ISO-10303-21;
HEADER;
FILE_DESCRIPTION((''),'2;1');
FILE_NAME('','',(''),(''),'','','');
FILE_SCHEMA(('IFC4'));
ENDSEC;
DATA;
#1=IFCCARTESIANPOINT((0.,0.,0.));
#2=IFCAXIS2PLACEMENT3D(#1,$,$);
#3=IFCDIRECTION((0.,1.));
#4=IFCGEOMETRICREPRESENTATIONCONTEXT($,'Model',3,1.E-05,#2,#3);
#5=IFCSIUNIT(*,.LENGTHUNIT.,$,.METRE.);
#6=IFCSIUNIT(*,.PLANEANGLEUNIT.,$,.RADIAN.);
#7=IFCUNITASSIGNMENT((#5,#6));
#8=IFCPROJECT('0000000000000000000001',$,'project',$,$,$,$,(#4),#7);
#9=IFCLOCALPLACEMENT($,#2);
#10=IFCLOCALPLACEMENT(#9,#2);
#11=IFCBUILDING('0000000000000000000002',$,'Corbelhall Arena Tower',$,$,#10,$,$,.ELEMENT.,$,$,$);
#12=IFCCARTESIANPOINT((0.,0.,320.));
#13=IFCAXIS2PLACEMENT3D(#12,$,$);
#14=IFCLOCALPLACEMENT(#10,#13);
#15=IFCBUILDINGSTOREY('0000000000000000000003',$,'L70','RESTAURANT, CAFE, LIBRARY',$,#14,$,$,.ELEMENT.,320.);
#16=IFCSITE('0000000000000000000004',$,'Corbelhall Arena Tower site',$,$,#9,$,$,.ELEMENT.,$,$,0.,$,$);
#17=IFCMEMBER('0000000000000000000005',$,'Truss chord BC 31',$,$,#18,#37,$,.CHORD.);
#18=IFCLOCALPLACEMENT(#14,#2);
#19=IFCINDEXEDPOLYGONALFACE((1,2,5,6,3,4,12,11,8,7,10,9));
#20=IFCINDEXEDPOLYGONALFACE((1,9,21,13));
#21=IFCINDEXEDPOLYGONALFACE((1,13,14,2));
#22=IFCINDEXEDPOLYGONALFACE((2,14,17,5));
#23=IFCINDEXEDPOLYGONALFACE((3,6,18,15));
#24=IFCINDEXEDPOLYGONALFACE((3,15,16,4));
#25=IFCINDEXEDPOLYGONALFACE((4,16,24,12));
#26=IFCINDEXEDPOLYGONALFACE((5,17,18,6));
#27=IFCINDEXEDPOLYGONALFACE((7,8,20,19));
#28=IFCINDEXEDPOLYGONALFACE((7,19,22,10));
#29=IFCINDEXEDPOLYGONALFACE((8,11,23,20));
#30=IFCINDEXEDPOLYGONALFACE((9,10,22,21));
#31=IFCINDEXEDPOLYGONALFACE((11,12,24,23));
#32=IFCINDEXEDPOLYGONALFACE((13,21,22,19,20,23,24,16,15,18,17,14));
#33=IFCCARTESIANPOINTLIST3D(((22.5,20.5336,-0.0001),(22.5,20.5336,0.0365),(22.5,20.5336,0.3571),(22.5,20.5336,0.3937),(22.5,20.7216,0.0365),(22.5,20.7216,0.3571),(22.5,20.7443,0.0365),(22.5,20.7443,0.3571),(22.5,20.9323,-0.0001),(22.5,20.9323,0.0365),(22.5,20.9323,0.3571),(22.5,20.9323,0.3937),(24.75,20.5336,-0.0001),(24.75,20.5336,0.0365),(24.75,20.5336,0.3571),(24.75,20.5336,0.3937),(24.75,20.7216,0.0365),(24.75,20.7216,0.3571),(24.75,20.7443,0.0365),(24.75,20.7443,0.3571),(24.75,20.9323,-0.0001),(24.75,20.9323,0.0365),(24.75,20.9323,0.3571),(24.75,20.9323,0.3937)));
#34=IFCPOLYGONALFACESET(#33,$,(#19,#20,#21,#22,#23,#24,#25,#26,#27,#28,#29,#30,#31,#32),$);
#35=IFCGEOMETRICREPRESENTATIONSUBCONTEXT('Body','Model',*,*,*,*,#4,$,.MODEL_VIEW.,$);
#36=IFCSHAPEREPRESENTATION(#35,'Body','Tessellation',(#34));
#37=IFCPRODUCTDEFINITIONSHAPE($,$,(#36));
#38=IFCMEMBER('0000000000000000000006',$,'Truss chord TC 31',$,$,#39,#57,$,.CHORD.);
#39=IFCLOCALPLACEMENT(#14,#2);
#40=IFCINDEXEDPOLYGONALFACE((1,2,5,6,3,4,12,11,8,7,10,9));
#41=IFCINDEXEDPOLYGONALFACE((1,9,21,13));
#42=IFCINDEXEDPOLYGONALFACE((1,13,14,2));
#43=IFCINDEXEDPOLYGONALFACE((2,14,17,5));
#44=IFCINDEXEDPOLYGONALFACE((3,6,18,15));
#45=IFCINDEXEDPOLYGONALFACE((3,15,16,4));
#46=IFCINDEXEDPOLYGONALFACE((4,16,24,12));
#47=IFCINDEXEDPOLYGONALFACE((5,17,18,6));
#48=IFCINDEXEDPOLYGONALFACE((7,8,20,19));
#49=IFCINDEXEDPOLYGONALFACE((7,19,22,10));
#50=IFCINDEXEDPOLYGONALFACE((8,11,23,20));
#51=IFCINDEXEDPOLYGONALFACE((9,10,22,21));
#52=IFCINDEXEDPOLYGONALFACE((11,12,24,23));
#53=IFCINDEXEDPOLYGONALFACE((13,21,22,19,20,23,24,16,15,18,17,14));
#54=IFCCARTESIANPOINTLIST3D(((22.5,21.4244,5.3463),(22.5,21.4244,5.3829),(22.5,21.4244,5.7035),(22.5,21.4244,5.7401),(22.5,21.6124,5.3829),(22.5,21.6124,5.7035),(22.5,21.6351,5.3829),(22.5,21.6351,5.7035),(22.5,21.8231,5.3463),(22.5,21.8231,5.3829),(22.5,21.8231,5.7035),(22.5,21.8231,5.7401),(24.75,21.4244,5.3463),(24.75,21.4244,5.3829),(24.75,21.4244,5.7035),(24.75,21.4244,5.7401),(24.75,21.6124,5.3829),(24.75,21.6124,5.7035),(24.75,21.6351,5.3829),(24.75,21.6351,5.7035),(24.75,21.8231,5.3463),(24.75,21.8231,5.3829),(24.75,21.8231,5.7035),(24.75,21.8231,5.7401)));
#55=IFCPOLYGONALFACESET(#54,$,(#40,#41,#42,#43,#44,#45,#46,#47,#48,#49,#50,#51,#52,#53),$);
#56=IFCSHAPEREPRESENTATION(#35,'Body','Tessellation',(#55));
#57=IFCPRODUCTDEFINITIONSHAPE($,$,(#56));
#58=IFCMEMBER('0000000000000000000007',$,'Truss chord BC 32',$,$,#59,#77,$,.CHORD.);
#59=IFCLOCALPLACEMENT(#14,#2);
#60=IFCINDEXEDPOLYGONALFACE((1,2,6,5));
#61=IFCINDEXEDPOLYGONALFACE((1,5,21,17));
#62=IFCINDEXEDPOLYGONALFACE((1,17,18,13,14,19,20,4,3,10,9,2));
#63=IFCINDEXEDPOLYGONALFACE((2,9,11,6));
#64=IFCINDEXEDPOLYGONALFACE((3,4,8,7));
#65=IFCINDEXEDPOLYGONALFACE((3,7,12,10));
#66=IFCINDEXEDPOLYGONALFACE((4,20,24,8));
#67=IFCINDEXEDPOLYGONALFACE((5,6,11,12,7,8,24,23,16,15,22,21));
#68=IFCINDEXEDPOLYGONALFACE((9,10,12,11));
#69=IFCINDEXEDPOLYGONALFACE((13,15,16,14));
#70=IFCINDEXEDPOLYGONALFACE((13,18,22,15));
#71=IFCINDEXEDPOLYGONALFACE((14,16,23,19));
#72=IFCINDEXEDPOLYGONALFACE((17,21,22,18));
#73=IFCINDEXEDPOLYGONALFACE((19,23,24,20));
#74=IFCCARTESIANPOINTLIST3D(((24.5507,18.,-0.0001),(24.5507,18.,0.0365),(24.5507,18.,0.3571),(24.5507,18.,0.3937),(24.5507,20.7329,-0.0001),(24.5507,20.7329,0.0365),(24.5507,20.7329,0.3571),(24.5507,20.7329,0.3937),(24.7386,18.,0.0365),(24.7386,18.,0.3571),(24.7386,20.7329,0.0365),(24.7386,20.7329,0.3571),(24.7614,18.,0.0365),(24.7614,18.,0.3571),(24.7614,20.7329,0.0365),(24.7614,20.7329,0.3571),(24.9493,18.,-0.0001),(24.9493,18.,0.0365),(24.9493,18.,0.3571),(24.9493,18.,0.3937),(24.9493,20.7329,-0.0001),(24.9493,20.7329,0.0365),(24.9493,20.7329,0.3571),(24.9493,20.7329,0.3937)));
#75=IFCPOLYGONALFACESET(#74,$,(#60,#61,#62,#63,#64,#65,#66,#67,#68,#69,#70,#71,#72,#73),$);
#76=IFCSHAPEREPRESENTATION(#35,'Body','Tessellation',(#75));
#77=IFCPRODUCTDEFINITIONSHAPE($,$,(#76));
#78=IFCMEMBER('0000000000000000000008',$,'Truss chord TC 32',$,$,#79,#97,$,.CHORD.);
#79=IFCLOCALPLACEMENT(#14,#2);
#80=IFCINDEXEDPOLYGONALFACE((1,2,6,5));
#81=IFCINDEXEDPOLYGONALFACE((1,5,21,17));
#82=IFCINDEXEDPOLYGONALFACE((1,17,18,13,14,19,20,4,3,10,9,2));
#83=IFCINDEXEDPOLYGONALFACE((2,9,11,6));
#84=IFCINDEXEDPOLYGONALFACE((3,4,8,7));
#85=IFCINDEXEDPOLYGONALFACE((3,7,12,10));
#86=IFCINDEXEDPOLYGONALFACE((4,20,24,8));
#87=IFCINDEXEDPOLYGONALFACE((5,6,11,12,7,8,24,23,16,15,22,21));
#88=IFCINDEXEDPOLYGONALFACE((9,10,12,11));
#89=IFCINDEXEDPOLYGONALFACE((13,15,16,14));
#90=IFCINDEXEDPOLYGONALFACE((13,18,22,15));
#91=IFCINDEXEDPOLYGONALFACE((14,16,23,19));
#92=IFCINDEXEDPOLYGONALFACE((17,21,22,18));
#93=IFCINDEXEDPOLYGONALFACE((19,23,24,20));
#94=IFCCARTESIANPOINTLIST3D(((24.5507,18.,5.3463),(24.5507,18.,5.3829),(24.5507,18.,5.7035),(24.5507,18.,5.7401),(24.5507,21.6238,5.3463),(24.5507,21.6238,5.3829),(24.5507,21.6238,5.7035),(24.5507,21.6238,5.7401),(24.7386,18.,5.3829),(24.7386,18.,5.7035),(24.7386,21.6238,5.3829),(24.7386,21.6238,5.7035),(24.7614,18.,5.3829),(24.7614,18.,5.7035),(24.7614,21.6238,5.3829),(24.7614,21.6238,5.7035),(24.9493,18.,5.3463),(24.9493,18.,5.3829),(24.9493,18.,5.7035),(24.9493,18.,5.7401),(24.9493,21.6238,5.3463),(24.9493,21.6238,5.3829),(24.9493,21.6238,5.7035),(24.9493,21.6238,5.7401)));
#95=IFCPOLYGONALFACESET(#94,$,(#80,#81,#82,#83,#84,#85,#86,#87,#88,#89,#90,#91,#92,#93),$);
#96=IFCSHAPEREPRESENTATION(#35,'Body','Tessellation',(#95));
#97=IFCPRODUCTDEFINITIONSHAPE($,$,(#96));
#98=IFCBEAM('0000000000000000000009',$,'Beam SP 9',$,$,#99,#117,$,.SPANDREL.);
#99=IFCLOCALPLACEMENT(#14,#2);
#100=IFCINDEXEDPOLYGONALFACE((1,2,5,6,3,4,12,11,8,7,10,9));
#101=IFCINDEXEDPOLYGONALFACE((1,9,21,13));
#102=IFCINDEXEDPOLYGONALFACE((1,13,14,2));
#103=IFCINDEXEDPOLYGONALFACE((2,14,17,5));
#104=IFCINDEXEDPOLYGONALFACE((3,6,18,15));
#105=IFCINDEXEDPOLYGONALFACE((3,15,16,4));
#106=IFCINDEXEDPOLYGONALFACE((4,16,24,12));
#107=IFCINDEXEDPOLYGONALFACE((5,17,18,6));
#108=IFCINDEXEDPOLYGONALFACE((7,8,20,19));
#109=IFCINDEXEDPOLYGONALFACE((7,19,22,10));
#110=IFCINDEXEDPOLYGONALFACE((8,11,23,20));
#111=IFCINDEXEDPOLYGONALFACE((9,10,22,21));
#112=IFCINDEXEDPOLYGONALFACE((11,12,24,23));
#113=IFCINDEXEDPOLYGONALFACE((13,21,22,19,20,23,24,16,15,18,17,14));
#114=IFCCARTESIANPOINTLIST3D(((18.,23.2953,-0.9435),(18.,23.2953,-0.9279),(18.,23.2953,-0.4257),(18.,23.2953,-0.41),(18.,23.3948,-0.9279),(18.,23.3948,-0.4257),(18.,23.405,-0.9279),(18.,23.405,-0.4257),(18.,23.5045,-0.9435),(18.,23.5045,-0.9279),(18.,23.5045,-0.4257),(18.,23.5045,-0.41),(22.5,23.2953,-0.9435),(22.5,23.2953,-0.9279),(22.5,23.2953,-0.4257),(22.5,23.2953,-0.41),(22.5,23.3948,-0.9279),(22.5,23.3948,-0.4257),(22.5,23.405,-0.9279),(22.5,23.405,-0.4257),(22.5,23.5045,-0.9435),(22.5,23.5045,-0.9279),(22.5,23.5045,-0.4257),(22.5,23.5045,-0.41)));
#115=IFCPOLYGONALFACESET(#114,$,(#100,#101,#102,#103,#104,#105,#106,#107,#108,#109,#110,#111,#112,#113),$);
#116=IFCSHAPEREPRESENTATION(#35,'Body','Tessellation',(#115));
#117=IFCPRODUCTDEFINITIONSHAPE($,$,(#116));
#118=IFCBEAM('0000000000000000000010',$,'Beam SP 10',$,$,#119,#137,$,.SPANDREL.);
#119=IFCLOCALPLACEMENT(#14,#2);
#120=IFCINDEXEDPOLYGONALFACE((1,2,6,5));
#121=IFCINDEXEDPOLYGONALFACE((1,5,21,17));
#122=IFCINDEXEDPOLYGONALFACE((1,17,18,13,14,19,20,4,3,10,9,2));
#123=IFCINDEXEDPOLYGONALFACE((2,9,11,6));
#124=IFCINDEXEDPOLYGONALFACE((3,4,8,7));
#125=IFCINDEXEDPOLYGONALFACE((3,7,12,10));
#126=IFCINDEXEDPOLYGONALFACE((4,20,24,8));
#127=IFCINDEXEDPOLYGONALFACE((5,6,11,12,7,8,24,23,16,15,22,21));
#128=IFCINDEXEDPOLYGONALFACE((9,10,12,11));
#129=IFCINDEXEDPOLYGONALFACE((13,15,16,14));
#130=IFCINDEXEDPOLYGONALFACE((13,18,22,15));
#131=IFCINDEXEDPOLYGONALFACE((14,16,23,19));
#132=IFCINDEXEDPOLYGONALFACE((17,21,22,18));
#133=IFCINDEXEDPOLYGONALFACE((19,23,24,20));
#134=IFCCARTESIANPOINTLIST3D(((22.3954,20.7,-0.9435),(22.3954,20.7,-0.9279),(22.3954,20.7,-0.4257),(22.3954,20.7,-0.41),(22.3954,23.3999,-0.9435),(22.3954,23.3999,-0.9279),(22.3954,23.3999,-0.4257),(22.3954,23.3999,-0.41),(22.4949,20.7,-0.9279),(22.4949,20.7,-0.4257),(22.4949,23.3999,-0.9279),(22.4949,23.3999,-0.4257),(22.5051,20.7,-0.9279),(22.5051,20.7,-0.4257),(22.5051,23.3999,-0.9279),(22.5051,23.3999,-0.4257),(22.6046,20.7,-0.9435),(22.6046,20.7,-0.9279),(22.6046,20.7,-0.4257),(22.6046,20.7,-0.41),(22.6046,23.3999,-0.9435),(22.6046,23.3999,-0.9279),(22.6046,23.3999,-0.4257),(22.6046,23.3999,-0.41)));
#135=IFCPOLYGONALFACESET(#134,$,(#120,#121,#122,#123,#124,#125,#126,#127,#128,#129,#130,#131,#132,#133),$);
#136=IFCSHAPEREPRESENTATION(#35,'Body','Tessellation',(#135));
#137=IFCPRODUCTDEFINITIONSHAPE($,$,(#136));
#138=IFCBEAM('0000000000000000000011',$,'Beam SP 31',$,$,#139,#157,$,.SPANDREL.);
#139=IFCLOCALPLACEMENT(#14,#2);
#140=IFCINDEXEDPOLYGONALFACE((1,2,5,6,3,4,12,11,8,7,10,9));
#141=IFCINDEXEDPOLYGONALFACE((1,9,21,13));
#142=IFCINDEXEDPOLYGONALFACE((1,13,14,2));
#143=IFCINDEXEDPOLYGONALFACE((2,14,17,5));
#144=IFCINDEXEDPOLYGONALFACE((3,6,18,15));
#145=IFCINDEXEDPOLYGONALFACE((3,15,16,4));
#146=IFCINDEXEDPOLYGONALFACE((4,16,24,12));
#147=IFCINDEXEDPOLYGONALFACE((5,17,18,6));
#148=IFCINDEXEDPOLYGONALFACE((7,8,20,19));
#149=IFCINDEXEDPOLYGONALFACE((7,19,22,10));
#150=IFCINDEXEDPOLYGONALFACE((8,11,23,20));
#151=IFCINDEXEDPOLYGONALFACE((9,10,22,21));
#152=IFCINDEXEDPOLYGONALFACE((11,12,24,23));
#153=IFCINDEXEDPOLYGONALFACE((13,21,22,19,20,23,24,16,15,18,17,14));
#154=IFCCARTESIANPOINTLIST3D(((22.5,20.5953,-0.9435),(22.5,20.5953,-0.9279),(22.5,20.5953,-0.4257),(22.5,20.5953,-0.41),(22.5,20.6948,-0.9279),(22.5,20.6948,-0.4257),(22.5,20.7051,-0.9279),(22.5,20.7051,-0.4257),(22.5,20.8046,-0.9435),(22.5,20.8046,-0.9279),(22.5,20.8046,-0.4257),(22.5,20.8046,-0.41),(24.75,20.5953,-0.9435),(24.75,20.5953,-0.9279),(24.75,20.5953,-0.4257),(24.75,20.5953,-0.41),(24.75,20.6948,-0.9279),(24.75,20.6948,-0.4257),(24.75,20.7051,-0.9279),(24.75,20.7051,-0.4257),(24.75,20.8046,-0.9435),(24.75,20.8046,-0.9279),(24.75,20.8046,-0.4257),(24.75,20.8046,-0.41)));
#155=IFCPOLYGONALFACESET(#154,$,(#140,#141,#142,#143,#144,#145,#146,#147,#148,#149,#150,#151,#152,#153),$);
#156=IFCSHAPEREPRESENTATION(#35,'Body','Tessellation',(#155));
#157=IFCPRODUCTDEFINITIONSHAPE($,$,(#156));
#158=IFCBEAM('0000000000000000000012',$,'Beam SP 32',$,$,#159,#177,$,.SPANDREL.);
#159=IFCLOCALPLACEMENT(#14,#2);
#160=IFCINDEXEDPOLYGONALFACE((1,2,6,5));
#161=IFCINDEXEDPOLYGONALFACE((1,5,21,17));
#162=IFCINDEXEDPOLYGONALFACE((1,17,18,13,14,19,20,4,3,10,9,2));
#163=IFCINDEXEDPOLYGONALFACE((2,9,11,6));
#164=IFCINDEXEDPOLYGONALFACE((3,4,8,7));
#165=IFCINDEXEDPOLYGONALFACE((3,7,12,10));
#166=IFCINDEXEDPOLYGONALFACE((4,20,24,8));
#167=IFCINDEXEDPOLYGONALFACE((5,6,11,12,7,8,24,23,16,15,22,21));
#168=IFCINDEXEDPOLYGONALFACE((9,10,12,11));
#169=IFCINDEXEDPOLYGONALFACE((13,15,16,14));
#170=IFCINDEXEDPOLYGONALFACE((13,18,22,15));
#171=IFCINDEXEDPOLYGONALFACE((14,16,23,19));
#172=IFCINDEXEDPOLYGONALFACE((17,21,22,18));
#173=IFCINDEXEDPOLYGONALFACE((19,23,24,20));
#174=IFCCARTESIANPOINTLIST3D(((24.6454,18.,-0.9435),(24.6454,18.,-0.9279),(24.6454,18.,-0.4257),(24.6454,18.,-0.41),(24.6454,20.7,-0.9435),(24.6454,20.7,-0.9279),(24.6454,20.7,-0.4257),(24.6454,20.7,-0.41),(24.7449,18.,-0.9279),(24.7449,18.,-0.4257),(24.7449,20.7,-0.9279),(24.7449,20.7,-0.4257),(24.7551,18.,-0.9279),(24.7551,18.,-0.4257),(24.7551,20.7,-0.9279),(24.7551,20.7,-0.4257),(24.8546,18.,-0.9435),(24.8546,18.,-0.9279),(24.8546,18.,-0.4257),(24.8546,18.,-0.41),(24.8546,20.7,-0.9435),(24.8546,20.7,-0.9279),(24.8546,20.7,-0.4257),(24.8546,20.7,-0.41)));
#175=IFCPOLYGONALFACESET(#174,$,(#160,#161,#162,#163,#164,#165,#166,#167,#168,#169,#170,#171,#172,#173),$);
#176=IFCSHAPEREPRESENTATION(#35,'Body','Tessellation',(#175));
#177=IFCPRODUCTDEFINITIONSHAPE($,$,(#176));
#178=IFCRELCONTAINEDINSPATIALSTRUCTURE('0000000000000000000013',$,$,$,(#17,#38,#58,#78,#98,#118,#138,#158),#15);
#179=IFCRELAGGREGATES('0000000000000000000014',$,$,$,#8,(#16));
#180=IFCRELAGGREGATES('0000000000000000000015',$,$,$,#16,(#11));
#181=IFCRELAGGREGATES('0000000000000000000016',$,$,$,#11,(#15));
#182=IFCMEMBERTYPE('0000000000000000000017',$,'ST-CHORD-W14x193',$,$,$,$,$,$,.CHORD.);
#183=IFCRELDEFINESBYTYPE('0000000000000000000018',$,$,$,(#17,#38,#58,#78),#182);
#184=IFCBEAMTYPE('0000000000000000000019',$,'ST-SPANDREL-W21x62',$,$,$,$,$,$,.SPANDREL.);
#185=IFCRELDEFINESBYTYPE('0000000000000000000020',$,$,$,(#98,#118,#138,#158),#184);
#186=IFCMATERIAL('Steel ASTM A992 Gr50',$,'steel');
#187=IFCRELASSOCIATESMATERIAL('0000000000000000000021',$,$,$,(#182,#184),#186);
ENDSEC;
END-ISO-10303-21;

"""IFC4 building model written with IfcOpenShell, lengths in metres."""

from ifc_helpers import new_model, si_unit, direction, frame, origin, origin_2d, place, context, subcontext, project, spatial, i_section, extrude, material, material_profile, profile_set, type_object, element, save


model = new_model("IFC4")

# Units and contexts
model_context = context("Model", 3, precision=1e-05, world=origin(), true_north=direction((0.0, 1.0)))
body_context = subcontext(model_context, "Body", "Model", "MODEL_VIEW")
ifc_project = project(units=[si_unit("LENGTHUNIT", "METRE"), si_unit("PLANEANGLEUNIT", "RADIAN")], contexts=[model_context])

# Site, building, storey
site_placement = place(None, origin())
site = spatial("IfcSite", under=ifc_project, at=site_placement, Name="Corbelhall Arena Tower site", CompositionType="ELEMENT", RefElevation=0.0)
building_placement = place(site_placement, origin())
building = spatial("IfcBuilding", under=site, at=building_placement, Name="Corbelhall Arena Tower", CompositionType="ELEMENT")
storey_placement = place(building_placement, frame((0.0, 0.0, 320.0)))
storey = spatial("IfcBuildingStorey", under=building, at=storey_placement, Name="L70", Description="RESTAURANT, CAFE, LIBRARY", CompositionType="ELEMENT", Elevation=320.0)

# Members
ifc_material_1 = material(Name="Steel ASTM A992 Gr50", Category="steel")
ifc_material_profile_1 = material_profile(ifc_material_1, i_section(OverallWidth=0.3987, OverallDepth=0.3938, WebThickness=0.0227, FlangeThickness=0.0366, at=origin_2d()))
ifc_profile_set_1 = profile_set([ifc_material_profile_1], Name="Steel ASTM A992 Gr50")
member_type_1 = type_object("IfcMemberType", Name="ST-CHORD-W14x193", PredefinedType="CHORD", material=ifc_profile_set_1)
for number, where, z_axis, x_axis, name in (
    (1, (22.5, 20.7329, 0.1968), (1.0, 0.0, 0.0), (0.0, 1.0, 0.0), "Truss chord BC 31"),
    (2, (22.5, 21.6238, 5.5432), (1.0, 0.0, 0.0), (0.0, 1.0, 0.0), "Truss chord TC 31"),
):
    element("IfcMember", number, at=place(storey_placement, frame(where, z_axis=z_axis, x_axis=x_axis)), inside=storey, type_object=member_type_1, Name=name, PredefinedType="CHORD", context=body_context, shape_type="SweptSolid", body=[
        extrude(i_section(OverallWidth=0.3987, OverallDepth=0.3938, WebThickness=0.0227, FlangeThickness=0.0366, at=origin_2d()), origin(), (0.0, 0.0, 1.0), 2.25),
    ])
member_1_placement = place(storey_placement, frame((24.75, 20.7329, 0.1968), z_axis=(0.0, -1.0, 0.0), x_axis=(1.0, 0.0, 0.0)))
element("IfcMember", 3, at=member_1_placement, inside=storey, type_object=member_type_1, Name="Truss chord BC 32", PredefinedType="CHORD", context=body_context, shape_type="SweptSolid", body=[
    extrude(i_section(OverallWidth=0.3987, OverallDepth=0.3938, WebThickness=0.0227, FlangeThickness=0.0366, at=origin_2d()), origin(), (0.0, 0.0, 1.0), 2.7329),
])
member_2_placement = place(storey_placement, frame((24.75, 21.6238, 5.5432), z_axis=(0.0, -1.0, 0.0), x_axis=(1.0, 0.0, 0.0)))
element("IfcMember", 4, at=member_2_placement, inside=storey, type_object=member_type_1, Name="Truss chord TC 32", PredefinedType="CHORD", context=body_context, shape_type="SweptSolid", body=[
    extrude(i_section(OverallWidth=0.3987, OverallDepth=0.3938, WebThickness=0.0227, FlangeThickness=0.0366, at=origin_2d()), origin(), (0.0, 0.0, 1.0), 3.6238),
])

# Beams
ifc_material_profile_2 = material_profile(ifc_material_1, i_section(OverallWidth=0.2092, OverallDepth=0.5334, WebThickness=0.0103, FlangeThickness=0.0156, at=origin_2d()))
ifc_profile_set_2 = profile_set([ifc_material_profile_2], Name="Steel ASTM A992 Gr50")
beam_type_1 = type_object("IfcBeamType", Name="ST-SPANDREL-W21x62", PredefinedType="SPANDREL", material=ifc_profile_set_2)
beam_1_placement = place(storey_placement, frame((18.0, 23.3999, -0.6768), z_axis=(1.0, 0.0, 0.0), x_axis=(0.0, 1.0, 0.0)))
element("IfcBeam", 5, at=beam_1_placement, inside=storey, type_object=beam_type_1, Name="Beam SP 9", PredefinedType="SPANDREL", context=body_context, shape_type="SweptSolid", body=[
    extrude(i_section(OverallWidth=0.2092, OverallDepth=0.5334, WebThickness=0.0103, FlangeThickness=0.0156, at=origin_2d()), origin(), (0.0, 0.0, 1.0), 4.5),
])
beam_2_placement = place(storey_placement, frame((22.5, 23.3999, -0.6768), z_axis=(0.0, -1.0, 0.0), x_axis=(1.0, 0.0, 0.0)))
element("IfcBeam", 6, at=beam_2_placement, inside=storey, type_object=beam_type_1, Name="Beam SP 10", PredefinedType="SPANDREL", context=body_context, shape_type="SweptSolid", body=[
    extrude(i_section(OverallWidth=0.2092, OverallDepth=0.5334, WebThickness=0.0103, FlangeThickness=0.0156, at=origin_2d()), origin(), (0.0, 0.0, 1.0), 2.7),
])
beam_3_placement = place(storey_placement, frame((22.5, 20.7, -0.6768), z_axis=(1.0, 0.0, 0.0), x_axis=(0.0, 1.0, 0.0)))
element("IfcBeam", 7, at=beam_3_placement, inside=storey, type_object=beam_type_1, Name="Beam SP 31", PredefinedType="SPANDREL", context=body_context, shape_type="SweptSolid", body=[
    extrude(i_section(OverallWidth=0.2092, OverallDepth=0.5334, WebThickness=0.0103, FlangeThickness=0.0156, at=origin_2d()), origin(), (0.0, 0.0, 1.0), 2.25),
])
beam_4_placement = place(storey_placement, frame((24.75, 20.7, -0.6768), z_axis=(0.0, -1.0, 0.0), x_axis=(1.0, 0.0, 0.0)))
element("IfcBeam", 8, at=beam_4_placement, inside=storey, type_object=beam_type_1, Name="Beam SP 32", PredefinedType="SPANDREL", context=body_context, shape_type="SweptSolid", body=[
    extrude(i_section(OverallWidth=0.2092, OverallDepth=0.5334, WebThickness=0.0103, FlangeThickness=0.0156, at=origin_2d()), origin(), (0.0, 0.0, 1.0), 2.7),
])

save(model, "model.ifc")
